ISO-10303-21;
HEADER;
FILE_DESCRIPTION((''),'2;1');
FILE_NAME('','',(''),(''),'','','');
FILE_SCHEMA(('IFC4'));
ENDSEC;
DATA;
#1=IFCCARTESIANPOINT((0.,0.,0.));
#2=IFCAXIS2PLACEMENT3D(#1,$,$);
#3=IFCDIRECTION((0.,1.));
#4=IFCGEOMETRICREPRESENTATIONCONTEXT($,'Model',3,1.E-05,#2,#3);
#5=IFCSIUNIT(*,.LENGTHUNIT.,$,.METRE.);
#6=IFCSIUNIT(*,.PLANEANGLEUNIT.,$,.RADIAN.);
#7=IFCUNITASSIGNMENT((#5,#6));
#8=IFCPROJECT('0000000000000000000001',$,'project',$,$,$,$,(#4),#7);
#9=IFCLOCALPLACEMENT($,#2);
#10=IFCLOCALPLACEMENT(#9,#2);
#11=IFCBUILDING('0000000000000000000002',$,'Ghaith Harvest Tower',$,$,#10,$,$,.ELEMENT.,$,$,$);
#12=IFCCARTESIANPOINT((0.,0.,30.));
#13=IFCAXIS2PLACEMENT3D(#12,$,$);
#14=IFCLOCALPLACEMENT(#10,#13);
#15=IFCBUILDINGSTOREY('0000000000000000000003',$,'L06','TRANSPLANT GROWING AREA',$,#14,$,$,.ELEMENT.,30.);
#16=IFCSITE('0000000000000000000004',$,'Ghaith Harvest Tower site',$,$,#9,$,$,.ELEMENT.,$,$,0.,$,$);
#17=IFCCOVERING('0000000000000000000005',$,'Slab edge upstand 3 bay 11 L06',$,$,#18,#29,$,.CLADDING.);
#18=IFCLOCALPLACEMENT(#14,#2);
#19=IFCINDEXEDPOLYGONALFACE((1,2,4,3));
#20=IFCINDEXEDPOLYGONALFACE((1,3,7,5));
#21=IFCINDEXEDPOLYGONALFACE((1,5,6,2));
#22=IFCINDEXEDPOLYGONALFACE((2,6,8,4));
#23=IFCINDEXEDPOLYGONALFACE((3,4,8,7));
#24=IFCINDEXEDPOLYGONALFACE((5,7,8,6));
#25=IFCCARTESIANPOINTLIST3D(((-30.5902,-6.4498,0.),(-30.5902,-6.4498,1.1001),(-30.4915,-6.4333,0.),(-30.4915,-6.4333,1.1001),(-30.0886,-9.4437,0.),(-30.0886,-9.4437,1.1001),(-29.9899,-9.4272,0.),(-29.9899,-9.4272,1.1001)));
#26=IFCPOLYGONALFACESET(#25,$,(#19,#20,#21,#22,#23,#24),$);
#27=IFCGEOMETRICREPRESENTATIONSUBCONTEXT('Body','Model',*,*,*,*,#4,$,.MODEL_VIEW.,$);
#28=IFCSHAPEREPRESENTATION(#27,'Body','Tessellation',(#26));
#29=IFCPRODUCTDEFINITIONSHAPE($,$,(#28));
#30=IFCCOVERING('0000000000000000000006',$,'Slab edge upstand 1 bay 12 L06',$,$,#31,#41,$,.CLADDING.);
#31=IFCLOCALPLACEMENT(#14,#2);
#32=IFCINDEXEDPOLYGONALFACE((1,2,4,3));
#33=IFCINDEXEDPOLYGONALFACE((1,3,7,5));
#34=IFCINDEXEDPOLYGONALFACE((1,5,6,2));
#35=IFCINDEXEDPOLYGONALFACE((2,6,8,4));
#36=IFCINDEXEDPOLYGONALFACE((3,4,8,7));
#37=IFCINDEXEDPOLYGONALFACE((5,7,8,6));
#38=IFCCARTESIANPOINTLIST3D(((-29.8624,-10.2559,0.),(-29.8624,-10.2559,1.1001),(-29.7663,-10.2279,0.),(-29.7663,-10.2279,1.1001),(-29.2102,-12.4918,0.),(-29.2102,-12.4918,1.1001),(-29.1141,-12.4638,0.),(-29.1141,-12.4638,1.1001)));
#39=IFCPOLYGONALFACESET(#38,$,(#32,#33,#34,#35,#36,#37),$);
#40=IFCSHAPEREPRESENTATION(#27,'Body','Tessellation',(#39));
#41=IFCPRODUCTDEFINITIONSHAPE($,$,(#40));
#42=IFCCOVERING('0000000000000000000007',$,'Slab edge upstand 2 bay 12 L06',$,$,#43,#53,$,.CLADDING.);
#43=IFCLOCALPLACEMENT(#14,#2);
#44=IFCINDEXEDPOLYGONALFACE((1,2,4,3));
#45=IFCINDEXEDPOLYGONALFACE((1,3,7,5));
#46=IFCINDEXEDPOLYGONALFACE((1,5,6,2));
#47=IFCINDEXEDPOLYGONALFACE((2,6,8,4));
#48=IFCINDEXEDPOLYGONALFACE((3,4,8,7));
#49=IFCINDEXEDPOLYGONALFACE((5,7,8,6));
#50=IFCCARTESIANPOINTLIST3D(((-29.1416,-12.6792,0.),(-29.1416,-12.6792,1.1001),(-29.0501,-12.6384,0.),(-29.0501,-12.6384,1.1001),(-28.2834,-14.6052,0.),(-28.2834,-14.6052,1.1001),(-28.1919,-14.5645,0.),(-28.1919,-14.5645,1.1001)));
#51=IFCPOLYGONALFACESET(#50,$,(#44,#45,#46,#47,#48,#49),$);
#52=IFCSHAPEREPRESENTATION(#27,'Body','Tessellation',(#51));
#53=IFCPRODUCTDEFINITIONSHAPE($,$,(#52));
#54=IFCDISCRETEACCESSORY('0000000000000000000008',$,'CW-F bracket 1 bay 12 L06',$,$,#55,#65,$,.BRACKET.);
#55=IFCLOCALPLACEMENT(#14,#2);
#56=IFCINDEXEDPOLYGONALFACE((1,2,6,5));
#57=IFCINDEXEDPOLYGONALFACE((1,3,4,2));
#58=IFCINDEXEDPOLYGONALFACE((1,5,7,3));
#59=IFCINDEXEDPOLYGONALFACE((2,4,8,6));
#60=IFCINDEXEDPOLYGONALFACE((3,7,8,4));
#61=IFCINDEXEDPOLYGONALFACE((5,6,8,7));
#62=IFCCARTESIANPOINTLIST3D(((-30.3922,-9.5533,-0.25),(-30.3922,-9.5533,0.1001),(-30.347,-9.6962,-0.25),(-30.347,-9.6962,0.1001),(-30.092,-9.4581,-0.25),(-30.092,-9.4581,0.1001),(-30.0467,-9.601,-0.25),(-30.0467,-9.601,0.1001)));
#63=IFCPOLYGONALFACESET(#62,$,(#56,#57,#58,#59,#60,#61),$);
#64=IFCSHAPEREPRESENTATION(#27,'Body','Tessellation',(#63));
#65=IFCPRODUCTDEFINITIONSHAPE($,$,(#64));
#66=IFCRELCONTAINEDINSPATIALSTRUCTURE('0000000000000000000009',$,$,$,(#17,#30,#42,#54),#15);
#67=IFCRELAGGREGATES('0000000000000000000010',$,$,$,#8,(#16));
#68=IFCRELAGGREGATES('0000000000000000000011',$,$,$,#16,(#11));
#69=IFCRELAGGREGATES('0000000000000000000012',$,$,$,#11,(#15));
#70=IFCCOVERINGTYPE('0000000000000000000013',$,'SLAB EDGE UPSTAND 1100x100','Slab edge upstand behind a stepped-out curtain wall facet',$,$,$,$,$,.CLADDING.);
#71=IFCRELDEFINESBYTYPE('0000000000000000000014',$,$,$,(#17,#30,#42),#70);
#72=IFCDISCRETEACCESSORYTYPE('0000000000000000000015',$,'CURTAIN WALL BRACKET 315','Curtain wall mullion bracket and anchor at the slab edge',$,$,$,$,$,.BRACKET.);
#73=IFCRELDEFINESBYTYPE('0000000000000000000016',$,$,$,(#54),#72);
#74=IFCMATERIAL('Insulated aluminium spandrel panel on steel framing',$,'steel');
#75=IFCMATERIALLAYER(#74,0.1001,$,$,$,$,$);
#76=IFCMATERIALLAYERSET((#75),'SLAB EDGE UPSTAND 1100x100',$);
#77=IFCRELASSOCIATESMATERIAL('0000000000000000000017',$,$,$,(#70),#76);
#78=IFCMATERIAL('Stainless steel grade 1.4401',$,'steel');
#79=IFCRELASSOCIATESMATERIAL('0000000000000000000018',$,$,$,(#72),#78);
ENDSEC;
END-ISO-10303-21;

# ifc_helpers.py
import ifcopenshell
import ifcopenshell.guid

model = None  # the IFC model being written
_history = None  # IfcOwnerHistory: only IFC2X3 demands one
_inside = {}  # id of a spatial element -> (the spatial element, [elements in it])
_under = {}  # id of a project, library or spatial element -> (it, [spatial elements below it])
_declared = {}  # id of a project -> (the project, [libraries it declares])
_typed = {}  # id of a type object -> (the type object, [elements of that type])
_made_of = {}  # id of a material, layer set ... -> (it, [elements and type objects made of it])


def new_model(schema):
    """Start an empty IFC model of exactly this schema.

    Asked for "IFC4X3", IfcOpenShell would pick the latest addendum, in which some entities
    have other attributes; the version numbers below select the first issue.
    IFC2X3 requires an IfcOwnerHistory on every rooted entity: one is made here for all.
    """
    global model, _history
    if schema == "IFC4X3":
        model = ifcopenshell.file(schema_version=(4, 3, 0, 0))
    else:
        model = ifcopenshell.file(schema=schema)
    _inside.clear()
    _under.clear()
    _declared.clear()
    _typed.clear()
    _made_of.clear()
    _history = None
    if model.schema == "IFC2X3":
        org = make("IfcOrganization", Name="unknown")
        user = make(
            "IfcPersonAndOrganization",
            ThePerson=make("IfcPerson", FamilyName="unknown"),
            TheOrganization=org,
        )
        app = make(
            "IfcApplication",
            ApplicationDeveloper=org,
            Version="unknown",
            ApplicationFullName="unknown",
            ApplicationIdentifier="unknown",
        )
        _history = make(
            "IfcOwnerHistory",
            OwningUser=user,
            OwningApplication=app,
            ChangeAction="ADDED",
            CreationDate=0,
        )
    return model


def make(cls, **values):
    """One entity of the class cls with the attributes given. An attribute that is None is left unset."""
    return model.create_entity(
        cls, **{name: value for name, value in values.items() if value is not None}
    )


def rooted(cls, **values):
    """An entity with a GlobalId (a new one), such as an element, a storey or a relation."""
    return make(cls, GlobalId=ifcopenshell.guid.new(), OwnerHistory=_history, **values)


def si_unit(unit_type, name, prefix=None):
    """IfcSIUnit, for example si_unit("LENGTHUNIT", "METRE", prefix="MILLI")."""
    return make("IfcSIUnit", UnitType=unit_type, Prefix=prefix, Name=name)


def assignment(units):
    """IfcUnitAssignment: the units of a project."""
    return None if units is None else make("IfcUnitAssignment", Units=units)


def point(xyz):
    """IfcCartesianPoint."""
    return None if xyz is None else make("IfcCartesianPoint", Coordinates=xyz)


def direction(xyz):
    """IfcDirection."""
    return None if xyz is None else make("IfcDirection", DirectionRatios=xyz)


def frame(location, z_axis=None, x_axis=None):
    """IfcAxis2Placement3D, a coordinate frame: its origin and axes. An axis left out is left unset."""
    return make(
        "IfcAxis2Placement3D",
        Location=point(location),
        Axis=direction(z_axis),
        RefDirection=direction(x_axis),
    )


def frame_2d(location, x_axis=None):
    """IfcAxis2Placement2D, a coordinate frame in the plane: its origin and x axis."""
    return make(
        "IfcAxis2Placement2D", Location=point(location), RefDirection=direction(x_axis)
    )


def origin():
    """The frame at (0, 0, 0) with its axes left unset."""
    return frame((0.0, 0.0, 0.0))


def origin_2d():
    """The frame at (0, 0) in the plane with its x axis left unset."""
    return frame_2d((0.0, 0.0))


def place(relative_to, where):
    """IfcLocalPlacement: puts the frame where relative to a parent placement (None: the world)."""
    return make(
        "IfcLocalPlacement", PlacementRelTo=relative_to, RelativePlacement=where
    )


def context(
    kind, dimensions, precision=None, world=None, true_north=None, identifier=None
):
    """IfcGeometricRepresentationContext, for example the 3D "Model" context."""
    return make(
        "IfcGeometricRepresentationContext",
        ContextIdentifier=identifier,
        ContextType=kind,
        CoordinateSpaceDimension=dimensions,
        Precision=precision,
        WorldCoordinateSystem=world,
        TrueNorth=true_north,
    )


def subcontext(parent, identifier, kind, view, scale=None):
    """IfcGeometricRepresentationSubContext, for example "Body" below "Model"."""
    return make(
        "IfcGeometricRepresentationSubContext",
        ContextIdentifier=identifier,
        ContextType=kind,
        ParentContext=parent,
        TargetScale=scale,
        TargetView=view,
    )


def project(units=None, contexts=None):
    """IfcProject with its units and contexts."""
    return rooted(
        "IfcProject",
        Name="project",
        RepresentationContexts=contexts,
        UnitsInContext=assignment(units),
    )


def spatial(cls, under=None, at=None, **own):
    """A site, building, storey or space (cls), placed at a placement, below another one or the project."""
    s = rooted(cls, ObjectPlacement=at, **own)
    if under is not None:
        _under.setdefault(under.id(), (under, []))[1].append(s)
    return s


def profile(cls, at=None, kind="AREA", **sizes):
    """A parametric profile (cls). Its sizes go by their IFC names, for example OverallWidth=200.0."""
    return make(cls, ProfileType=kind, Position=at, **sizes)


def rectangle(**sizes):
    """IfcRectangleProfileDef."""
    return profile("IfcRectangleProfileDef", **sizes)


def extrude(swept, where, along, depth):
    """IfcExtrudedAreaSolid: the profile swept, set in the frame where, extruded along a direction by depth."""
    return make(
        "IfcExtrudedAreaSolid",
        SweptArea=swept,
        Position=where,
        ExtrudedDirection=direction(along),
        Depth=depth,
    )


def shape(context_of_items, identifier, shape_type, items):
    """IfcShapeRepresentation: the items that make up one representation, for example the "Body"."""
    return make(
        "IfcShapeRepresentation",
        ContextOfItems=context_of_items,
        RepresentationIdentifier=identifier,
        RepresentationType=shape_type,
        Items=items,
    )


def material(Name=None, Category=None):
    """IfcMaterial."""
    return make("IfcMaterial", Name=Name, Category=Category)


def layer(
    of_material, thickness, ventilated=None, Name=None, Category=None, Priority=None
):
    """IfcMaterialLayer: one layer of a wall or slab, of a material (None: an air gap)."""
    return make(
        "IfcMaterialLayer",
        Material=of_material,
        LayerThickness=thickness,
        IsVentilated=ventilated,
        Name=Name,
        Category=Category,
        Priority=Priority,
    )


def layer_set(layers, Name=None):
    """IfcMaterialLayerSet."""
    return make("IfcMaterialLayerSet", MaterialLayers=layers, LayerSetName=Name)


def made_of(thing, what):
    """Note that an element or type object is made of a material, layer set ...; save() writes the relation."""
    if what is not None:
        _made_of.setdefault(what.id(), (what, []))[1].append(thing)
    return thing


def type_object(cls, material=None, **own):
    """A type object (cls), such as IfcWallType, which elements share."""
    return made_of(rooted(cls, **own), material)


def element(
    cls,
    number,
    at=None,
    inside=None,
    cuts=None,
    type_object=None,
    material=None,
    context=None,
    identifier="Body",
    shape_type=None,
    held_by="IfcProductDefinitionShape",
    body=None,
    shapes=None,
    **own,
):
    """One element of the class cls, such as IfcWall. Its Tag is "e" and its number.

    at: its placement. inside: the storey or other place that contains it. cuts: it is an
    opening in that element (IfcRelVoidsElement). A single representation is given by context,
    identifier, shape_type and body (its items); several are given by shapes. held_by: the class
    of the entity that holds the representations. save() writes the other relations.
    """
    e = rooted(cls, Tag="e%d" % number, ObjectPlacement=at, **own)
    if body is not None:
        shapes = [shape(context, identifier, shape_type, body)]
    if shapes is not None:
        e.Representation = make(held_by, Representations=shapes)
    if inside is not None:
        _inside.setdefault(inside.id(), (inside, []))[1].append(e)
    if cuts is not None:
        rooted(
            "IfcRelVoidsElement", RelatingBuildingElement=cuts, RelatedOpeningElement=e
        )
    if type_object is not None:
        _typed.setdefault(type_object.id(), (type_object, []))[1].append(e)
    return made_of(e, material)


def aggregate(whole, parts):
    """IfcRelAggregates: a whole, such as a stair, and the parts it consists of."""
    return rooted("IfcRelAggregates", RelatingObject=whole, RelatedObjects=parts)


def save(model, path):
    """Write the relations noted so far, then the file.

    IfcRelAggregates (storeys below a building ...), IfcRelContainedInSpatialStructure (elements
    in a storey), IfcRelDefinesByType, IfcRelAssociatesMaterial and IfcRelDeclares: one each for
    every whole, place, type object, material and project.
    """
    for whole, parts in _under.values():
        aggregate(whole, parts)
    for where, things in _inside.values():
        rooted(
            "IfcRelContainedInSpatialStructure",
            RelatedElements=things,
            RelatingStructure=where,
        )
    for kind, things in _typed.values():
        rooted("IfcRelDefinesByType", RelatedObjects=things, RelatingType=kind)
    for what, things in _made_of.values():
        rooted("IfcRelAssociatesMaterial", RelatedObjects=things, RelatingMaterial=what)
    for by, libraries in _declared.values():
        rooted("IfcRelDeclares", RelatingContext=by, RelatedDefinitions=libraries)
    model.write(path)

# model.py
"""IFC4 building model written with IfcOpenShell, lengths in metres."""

from ifc_helpers import new_model, si_unit, direction, frame, origin, origin_2d, place, context, subcontext, project, spatial, rectangle, extrude, material, layer, layer_set, type_object, element, save


model = new_model("IFC4")

# Units and contexts
model_context = context("Model", 3, precision=1e-05, world=origin(), true_north=direction((0.0, 1.0)))
body_context = subcontext(model_context, "Body", "Model", "MODEL_VIEW")
ifc_project = project(units=[si_unit("LENGTHUNIT", "METRE"), si_unit("PLANEANGLEUNIT", "RADIAN")], contexts=[model_context])

# Site, building, storey
site_placement = place(None, origin())
site = spatial("IfcSite", under=ifc_project, at=site_placement, Name="Ghaith Harvest Tower site", CompositionType="ELEMENT", RefElevation=0.0)
building_placement = place(site_placement, origin())
building = spatial("IfcBuilding", under=site, at=building_placement, Name="Ghaith Harvest Tower", CompositionType="ELEMENT")
storey_placement = place(building_placement, frame((0.0, 0.0, 30.0)))
storey = spatial("IfcBuildingStorey", under=building, at=storey_placement, Name="L06", Description="TRANSPLANT GROWING AREA", CompositionType="ELEMENT", Elevation=30.0)

# Coverings
ifc_material_1 = material(Name="Insulated aluminium spandrel panel on steel framing", Category="steel")
ifc_layer_1 = layer(ifc_material_1, 0.1001)
ifc_layer_set_1 = layer_set([ifc_layer_1], Name="SLAB EDGE UPSTAND 1100x100")
covering_type = type_object("IfcCoveringType", Name="SLAB EDGE UPSTAND 1100x100", Description="Slab edge upstand behind a stepped-out curtain wall facet", PredefinedType="CLADDING", material=ifc_layer_set_1)
covering_1_placement = place(storey_placement, frame((-30.29, -7.9385, 0.0), z_axis=(0.0, 0.0, 1.0), x_axis=(0.165246, -0.986252, 0.0)))
element("IfcCovering", 1, at=covering_1_placement, inside=storey, type_object=covering_type, Name="Slab edge upstand 3 bay 11 L06", PredefinedType="CLADDING", context=body_context, shape_type="SweptSolid", body=[
    extrude(rectangle(XDim=3.0356, YDim=0.1001, at=origin_2d()), origin(), (0.0, 0.0, 1.0), 1.1001),
])
covering_2_placement = place(storey_placement, frame((-29.4883, -11.3599, 0.0), z_axis=(0.0, 0.0, 1.0), x_axis=(0.280032, -0.959991, 0.0)))
element("IfcCovering", 2, at=covering_2_placement, inside=storey, type_object=covering_type, Name="Slab edge upstand 1 bay 12 L06", PredefinedType="CLADDING", context=body_context, shape_type="SweptSolid", body=[
    extrude(rectangle(XDim=2.3291, YDim=0.1001, at=origin_2d()), origin(), (0.0, 0.0, 1.0), 1.1001),
])
covering_3_placement = place(storey_placement, frame((-28.6667, -13.6218, 0.0), z_axis=(0.0, 0.0, 1.0), x_axis=(0.407003, -0.913427, 0.0)))
element("IfcCovering", 3, at=covering_3_placement, inside=storey, type_object=covering_type, Name="Slab edge upstand 2 bay 12 L06", PredefinedType="CLADDING", context=body_context, shape_type="SweptSolid", body=[
    extrude(rectangle(XDim=2.1086, YDim=0.1001, at=origin_2d()), origin(), (0.0, 0.0, 1.0), 1.1001),
])

# Discrete accessory
ifc_material_2 = material(Name="Stainless steel grade 1.4401", Category="steel")
discrete_accessory_type = type_object("IfcDiscreteAccessoryType", Name="CURTAIN WALL BRACKET 315", Description="Curtain wall mullion bracket and anchor at the slab edge", PredefinedType="BRACKET", material=ifc_material_2)
discrete_accessory_placement = place(storey_placement, frame((-30.2195, -9.5771, -0.25), z_axis=(0.0, 0.0, 1.0), x_axis=(-0.953273, -0.30211, 0.0)))
element("IfcDiscreteAccessory", 4, at=discrete_accessory_placement, inside=storey, type_object=discrete_accessory_type, Name="CW-F bracket 1 bay 12 L06", PredefinedType="BRACKET", context=body_context, shape_type="SweptSolid", body=[
    extrude(rectangle(XDim=0.3149, YDim=0.1499, at=origin_2d()), origin(), (0.0, 0.0, 1.0), 0.3501),
])

save(model, "model.ifc")
